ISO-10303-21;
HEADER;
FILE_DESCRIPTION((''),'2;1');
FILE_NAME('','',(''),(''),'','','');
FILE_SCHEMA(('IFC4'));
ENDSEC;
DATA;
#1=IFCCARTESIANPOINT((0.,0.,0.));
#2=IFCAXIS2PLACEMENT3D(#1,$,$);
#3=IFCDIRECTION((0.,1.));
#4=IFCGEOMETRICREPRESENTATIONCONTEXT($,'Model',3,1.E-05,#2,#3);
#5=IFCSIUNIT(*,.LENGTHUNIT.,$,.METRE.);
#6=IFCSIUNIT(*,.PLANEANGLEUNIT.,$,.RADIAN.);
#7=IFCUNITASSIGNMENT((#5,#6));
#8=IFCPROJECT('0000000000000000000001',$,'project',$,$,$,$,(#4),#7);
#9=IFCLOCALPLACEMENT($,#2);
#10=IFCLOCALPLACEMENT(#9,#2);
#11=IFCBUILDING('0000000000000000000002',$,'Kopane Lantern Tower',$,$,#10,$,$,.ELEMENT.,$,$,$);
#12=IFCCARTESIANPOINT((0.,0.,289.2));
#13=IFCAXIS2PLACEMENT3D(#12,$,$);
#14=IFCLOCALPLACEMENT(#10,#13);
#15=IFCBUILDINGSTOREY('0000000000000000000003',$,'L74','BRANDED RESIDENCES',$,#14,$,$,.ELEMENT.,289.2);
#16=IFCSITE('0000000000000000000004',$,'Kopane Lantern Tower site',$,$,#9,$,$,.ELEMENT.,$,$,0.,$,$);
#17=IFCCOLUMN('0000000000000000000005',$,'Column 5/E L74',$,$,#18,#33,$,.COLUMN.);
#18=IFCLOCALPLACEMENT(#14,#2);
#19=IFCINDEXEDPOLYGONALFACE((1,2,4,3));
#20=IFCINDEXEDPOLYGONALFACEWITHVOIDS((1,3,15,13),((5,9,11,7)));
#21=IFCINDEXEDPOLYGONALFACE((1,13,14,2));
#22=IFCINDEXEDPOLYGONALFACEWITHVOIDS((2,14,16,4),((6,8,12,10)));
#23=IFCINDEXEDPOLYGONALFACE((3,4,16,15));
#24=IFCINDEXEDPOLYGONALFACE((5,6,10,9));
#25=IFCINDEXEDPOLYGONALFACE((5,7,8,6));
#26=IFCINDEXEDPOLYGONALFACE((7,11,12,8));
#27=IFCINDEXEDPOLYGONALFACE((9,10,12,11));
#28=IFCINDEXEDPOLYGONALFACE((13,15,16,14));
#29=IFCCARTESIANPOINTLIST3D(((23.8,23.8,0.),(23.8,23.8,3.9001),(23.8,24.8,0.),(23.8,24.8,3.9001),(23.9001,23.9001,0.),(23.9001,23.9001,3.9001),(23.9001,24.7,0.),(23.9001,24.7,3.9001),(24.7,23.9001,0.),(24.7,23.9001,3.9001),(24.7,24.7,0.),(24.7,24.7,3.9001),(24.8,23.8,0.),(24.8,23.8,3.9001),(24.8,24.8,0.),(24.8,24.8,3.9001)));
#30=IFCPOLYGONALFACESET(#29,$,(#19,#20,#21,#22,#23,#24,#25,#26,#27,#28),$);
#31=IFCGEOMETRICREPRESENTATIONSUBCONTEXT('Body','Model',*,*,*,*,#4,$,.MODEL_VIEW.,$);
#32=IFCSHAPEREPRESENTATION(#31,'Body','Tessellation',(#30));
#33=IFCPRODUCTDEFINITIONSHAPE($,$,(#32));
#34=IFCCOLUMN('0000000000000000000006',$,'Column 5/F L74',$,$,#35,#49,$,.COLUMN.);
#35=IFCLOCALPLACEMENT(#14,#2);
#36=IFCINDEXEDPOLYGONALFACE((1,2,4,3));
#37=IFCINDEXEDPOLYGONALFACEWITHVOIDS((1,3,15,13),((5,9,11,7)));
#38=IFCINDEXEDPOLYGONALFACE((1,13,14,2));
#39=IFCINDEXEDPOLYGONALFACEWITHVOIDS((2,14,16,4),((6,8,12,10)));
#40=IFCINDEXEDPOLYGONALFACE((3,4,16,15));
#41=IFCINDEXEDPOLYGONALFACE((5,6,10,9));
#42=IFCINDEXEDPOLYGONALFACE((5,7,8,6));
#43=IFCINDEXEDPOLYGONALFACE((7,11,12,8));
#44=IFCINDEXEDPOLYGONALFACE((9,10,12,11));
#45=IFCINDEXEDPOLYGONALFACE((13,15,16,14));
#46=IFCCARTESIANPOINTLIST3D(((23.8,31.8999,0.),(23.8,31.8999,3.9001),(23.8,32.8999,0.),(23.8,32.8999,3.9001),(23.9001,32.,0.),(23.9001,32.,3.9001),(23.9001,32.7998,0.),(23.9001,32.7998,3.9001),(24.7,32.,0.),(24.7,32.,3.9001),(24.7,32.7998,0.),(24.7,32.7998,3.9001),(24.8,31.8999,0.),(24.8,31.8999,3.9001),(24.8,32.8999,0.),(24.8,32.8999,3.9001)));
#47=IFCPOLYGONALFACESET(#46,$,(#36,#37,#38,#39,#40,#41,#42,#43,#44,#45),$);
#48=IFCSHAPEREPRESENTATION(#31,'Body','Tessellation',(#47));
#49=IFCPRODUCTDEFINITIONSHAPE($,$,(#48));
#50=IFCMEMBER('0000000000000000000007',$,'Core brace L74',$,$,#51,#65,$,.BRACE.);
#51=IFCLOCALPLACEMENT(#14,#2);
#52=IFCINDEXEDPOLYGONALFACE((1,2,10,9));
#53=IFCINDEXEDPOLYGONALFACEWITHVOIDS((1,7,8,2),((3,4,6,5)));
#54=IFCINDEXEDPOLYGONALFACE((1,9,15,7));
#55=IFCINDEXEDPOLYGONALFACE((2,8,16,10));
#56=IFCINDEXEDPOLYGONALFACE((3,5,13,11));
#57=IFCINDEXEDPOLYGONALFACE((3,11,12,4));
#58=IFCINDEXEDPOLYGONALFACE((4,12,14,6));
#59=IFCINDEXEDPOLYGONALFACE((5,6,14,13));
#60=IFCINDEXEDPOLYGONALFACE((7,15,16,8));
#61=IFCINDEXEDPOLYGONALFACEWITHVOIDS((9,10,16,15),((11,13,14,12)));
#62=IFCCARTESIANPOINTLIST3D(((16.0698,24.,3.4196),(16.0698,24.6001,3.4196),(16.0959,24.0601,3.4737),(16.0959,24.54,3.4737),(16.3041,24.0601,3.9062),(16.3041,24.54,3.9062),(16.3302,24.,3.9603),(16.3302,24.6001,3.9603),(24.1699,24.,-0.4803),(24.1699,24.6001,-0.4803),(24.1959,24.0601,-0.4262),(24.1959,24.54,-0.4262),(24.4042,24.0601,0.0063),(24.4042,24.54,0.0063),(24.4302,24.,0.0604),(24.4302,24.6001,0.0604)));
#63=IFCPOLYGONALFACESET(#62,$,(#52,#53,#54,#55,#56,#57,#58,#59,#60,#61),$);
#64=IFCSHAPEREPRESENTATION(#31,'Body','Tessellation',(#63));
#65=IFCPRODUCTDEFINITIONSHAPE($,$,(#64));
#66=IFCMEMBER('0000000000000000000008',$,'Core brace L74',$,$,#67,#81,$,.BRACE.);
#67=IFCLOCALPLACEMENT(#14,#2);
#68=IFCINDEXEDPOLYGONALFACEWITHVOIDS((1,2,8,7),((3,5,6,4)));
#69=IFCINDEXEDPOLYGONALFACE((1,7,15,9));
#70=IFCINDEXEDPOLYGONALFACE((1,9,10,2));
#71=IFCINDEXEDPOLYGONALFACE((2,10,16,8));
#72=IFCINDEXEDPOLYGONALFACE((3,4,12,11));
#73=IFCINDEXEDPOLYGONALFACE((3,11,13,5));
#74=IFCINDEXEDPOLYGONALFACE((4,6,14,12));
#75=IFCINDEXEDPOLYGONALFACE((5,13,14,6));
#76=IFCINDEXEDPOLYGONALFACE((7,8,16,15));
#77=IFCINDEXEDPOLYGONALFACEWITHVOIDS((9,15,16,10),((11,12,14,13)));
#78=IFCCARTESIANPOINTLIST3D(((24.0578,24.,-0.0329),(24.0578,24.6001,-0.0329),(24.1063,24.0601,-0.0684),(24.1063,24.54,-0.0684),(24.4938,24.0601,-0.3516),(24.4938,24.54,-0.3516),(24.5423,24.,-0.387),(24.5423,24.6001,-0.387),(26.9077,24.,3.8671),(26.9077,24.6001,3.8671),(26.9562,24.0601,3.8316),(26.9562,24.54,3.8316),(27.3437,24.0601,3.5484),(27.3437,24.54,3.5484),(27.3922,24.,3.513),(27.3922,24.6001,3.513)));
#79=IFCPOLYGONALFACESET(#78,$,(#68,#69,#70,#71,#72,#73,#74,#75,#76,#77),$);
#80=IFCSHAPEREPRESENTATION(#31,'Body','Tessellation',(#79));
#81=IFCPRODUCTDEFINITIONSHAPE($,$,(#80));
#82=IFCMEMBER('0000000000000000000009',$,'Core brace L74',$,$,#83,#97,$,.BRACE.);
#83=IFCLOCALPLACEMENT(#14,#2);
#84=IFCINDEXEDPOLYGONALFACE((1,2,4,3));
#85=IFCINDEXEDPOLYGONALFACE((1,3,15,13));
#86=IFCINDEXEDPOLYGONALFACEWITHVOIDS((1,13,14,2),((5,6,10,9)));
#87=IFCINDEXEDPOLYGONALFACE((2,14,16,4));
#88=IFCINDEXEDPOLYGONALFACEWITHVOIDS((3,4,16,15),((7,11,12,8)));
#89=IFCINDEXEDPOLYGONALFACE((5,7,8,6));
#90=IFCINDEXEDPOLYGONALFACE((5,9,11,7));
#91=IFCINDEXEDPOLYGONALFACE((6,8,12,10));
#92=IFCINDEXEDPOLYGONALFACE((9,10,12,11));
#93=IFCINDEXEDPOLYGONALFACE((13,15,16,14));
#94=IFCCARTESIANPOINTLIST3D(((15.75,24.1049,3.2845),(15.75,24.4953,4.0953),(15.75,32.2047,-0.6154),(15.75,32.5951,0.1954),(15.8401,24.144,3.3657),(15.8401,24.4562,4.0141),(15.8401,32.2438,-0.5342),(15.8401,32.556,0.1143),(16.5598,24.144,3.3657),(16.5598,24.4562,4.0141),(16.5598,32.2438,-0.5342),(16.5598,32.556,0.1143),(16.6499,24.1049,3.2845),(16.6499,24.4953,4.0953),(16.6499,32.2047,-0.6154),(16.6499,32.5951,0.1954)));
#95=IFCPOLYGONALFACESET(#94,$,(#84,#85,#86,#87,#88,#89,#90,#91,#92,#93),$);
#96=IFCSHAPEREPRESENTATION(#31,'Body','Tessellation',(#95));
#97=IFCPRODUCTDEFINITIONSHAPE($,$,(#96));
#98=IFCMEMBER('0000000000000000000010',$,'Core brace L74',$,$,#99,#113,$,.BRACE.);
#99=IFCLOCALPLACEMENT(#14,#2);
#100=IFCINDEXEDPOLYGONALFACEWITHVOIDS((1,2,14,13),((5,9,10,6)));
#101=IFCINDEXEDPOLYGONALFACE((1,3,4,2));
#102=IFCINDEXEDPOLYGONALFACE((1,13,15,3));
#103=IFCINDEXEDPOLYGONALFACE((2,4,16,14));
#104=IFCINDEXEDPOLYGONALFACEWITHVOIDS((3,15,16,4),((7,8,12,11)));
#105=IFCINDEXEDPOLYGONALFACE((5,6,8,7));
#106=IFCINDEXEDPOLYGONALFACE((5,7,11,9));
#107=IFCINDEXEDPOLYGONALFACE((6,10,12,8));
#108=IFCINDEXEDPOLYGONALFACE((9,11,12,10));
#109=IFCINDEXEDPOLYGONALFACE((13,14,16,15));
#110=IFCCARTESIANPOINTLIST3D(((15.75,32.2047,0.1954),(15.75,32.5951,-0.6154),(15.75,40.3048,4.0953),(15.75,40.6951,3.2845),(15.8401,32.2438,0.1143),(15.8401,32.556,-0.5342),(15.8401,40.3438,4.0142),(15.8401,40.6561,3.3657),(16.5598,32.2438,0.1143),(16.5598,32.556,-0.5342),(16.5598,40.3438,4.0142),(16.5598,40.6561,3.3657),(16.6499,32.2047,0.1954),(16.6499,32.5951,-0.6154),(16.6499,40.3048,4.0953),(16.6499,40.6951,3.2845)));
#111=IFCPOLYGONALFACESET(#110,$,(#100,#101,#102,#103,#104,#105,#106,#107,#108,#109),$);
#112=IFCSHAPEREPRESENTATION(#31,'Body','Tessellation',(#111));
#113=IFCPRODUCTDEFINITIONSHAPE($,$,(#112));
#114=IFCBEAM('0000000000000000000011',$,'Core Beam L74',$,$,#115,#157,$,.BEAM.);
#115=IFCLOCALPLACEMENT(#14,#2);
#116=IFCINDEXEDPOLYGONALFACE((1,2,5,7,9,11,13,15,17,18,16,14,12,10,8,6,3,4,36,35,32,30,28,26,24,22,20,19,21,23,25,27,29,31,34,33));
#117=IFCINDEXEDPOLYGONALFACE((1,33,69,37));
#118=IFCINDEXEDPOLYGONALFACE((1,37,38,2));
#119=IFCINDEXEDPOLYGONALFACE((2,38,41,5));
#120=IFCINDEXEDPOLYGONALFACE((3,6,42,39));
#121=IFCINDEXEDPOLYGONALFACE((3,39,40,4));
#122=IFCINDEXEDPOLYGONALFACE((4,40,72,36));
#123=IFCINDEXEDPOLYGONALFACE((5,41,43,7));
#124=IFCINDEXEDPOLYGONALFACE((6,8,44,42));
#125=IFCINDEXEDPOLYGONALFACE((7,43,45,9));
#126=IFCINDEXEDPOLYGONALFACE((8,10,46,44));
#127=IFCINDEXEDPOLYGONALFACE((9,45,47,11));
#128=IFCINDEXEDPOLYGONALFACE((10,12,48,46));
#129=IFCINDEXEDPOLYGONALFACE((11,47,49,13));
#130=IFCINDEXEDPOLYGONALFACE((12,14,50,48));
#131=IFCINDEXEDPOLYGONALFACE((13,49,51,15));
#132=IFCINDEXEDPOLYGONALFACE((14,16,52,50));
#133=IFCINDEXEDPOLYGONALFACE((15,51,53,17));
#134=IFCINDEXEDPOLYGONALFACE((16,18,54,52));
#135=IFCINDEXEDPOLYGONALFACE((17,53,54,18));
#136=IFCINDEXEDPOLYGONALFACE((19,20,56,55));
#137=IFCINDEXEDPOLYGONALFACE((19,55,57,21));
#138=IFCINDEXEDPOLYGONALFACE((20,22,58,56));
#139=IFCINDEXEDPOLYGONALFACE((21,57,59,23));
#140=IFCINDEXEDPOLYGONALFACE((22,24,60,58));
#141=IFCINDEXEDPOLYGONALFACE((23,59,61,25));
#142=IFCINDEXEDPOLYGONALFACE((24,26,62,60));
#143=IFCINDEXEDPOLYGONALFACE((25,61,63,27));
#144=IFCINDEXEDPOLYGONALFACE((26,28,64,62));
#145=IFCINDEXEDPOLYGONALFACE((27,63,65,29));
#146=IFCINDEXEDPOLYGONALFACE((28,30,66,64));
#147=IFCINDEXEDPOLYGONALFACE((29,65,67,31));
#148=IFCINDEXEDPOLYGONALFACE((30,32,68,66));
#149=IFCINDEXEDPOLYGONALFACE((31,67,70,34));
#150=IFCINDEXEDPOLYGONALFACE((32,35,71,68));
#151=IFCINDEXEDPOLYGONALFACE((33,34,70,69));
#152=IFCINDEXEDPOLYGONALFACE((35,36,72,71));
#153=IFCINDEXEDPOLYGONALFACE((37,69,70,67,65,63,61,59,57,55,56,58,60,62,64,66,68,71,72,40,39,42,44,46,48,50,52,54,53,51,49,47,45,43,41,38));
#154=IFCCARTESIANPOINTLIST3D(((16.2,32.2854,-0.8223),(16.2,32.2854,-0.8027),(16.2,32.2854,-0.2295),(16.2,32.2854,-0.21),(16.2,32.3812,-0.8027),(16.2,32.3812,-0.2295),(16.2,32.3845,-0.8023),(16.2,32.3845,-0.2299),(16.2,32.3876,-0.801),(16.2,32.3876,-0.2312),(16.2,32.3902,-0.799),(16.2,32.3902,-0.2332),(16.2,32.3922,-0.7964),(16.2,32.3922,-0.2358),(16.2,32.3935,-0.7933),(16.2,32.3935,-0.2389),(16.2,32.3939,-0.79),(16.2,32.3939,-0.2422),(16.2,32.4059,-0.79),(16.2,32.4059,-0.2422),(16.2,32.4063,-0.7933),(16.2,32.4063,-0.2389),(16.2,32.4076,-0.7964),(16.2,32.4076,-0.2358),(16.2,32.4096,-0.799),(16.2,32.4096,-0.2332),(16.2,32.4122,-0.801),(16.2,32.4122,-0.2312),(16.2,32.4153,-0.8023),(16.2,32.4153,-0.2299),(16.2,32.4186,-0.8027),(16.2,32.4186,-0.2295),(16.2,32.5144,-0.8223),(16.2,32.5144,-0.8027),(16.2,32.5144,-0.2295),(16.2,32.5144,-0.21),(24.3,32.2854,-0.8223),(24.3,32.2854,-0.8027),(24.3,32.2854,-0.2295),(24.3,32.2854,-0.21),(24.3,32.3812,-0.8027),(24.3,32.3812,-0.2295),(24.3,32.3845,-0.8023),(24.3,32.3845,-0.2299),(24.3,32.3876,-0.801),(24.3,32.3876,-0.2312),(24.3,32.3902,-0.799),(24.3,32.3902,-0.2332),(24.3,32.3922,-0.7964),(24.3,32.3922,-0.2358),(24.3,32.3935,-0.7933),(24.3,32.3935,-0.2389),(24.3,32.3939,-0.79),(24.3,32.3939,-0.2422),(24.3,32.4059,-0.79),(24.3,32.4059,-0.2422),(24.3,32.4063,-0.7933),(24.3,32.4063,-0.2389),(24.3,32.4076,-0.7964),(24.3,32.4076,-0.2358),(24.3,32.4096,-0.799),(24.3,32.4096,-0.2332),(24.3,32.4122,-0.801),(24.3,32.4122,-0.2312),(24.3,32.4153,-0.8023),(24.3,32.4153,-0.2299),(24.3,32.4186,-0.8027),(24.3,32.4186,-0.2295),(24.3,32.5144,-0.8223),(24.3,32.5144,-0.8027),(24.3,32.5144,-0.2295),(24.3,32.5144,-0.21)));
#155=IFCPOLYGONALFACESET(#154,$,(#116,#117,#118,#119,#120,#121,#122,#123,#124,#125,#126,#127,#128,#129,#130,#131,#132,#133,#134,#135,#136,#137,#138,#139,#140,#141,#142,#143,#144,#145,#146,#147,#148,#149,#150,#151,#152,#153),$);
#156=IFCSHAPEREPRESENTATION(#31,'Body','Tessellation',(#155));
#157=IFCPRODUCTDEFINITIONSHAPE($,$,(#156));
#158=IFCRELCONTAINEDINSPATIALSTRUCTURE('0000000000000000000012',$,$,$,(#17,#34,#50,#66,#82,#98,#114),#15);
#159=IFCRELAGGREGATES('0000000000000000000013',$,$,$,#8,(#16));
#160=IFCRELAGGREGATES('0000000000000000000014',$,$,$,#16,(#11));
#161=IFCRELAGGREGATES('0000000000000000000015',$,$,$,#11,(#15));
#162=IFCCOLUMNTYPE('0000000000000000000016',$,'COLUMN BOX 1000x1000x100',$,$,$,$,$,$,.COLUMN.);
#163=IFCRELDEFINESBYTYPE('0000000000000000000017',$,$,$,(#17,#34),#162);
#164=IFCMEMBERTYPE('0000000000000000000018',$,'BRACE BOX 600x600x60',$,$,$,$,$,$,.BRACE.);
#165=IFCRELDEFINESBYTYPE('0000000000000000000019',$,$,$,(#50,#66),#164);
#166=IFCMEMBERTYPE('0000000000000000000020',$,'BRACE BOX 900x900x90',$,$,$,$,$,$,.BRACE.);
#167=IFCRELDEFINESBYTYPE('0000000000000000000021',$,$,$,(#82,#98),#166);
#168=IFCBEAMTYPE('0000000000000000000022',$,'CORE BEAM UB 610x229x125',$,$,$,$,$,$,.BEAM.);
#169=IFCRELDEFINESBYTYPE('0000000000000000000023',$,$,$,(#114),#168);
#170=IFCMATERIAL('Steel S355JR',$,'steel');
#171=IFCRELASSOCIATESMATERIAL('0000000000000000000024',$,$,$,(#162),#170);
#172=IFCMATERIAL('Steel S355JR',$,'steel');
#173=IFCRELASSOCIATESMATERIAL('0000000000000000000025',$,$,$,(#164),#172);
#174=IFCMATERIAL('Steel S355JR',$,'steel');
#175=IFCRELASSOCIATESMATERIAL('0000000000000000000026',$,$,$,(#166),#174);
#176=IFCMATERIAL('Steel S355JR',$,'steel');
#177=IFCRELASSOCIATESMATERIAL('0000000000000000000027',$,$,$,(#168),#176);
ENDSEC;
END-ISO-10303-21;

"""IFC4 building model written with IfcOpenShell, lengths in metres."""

from ifc_helpers import new_model, si_unit, direction, frame, origin, origin_2d, place, context, subcontext, project, spatial, hollow_rectangle, i_section, extrude, material, material_profile, profile_set, type_object, element, save


model = new_model("IFC4")

# Units and contexts
model_context = context("Model", 3, precision=1e-05, world=origin(), true_north=direction((0.0, 1.0)))
body_context = subcontext(model_context, "Body", "Model", "MODEL_VIEW")
ifc_project = project(units=[si_unit("LENGTHUNIT", "METRE"), si_unit("PLANEANGLEUNIT", "RADIAN")], contexts=[model_context])

# Site, building, storey
site_placement = place(None, origin())
site = spatial("IfcSite", under=ifc_project, at=site_placement, Name="Kopane Lantern Tower site", CompositionType="ELEMENT", RefElevation=0.0)
building_placement = place(site_placement, origin())
building = spatial("IfcBuilding", under=site, at=building_placement, Name="Kopane Lantern Tower", CompositionType="ELEMENT")
storey_placement = place(building_placement, frame((0.0, 0.0, 289.2)))
storey = spatial("IfcBuildingStorey", under=building, at=storey_placement, Name="L74", Description="BRANDED RESIDENCES", CompositionType="ELEMENT", Elevation=289.2)

# Columns
ifc_material_1 = material(Name="Steel S355JR", Category="steel")
ifc_material_profile_1 = material_profile(ifc_material_1, hollow_rectangle(XDim=1.0, YDim=1.0, WallThickness=0.1001, at=origin_2d()), Name="BOX 1000x1000x100")
ifc_profile_set_1 = profile_set([ifc_material_profile_1], Name="Steel S355JR")
column_type = type_object("IfcColumnType", Name="COLUMN BOX 1000x1000x100", PredefinedType="COLUMN", material=ifc_profile_set_1)
for number, where, z_axis, x_axis, name in (
    (1, (24.3, 24.3, 0.0), (0.0, 0.0, 1.0), (1.0, 0.0, 0.0), "Column 5/E L74"),
    (2, (24.3, 32.3999, 0.0), (0.0, 0.0, 1.0), (1.0, 0.0, 0.0), "Column 5/F L74"),
):
    element("IfcColumn", number, at=place(storey_placement, frame(where, z_axis=z_axis, x_axis=x_axis)), inside=storey, type_object=column_type, Name=name, PredefinedType="COLUMN", context=body_context, shape_type="SweptSolid", body=[
        extrude(hollow_rectangle(XDim=1.0, YDim=1.0, WallThickness=0.1001, at=origin_2d()), origin(), (0.0, 0.0, 1.0), 3.9001),
    ])

# Members
ifc_material_2 = material(Name="Steel S355JR", Category="steel")
ifc_material_profile_2 = material_profile(ifc_material_2, hollow_rectangle(XDim=0.6001, YDim=0.6001, WallThickness=0.0601, at=origin_2d()), Name="BOX 600x600x60")
ifc_profile_set_2 = profile_set([ifc_material_profile_2], Name="Steel S355JR")
member_type_1 = type_object("IfcMemberType", Name="BRACE BOX 600x600x60", PredefinedType="BRACE", material=ifc_profile_set_2)
member_1_placement = place(storey_placement, frame((24.3, 24.3, -0.21), z_axis=(-0.901008, 0.0, 0.433803), x_axis=(0.0, -1.0, 0.0)))
element("IfcMember", 3, at=member_1_placement, inside=storey, type_object=member_type_1, Name="Core brace L74", PredefinedType="BRACE", context=body_context, shape_type="SweptSolid", body=[
    extrude(hollow_rectangle(XDim=0.6001, YDim=0.6001, WallThickness=0.0601, at=origin_2d()), origin(), (0.0, 0.0, 1.0), 8.99),
])
member_2_placement = place(storey_placement, frame((24.3, 24.3, -0.21), z_axis=(0.590006, 0.0, 0.807399), x_axis=(0.0, 1.0, 0.0)))
element("IfcMember", 4, at=member_2_placement, inside=storey, type_object=member_type_1, Name="Core brace L74", PredefinedType="BRACE", context=body_context, shape_type="SweptSolid", body=[
    extrude(hollow_rectangle(XDim=0.6001, YDim=0.6001, WallThickness=0.0601, at=origin_2d()), origin(), (0.0, 0.0, 1.0), 4.8303),
])
ifc_material_3 = material(Name="Steel S355JR", Category="steel")
ifc_material_profile_3 = material_profile(ifc_material_3, hollow_rectangle(XDim=0.8999, YDim=0.8999, WallThickness=0.0901, at=origin_2d()), Name="BOX 900x900x90")
ifc_profile_set_3 = profile_set([ifc_material_profile_3], Name="Steel S355JR")
member_type_2 = type_object("IfcMemberType", Name="BRACE BOX 900x900x90", PredefinedType="BRACE", material=ifc_profile_set_3)
member_3_placement = place(storey_placement, frame((16.2, 32.3999, -0.21), z_axis=(0.0, -0.901003, 0.433813), x_axis=(1.0, 0.0, 0.0)))
element("IfcMember", 5, at=member_3_placement, inside=storey, type_object=member_type_2, Name="Core brace L74", PredefinedType="BRACE", context=body_context, shape_type="SweptSolid", body=[
    extrude(hollow_rectangle(XDim=0.8999, YDim=0.8999, WallThickness=0.0901, at=origin_2d()), origin(), (0.0, 0.0, 1.0), 8.9897),
])
member_4_placement = place(storey_placement, frame((16.2, 32.3999, -0.21), z_axis=(0.0, 0.901008, 0.433803), x_axis=(-1.0, 0.0, 0.0)))
element("IfcMember", 6, at=member_4_placement, inside=storey, type_object=member_type_2, Name="Core brace L74", PredefinedType="BRACE", context=body_context, shape_type="SweptSolid", body=[
    extrude(hollow_rectangle(XDim=0.8999, YDim=0.8999, WallThickness=0.0901, at=origin_2d()), origin(), (0.0, 0.0, 1.0), 8.99),
])

# Beam
ifc_material_4 = material(Name="Steel S355JR", Category="steel")
ifc_material_profile_4 = material_profile(ifc_material_4, i_section(OverallWidth=0.229, OverallDepth=0.6123, WebThickness=0.012, FlangeThickness=0.0195, FilletRadius=0.0127, at=origin_2d()), Name="UB 610x229x125")
ifc_profile_set_4 = profile_set([ifc_material_profile_4], Name="Steel S355JR")
beam_type_1 = type_object("IfcBeamType", Name="CORE BEAM UB 610x229x125", PredefinedType="BEAM", material=ifc_profile_set_4)
beam_1_placement = place(storey_placement, frame((16.2, 32.3999, -0.5161), z_axis=(1.0, 0.0, 0.0), x_axis=(0.0, 1.0, 0.0)))
element("IfcBeam", 7, at=beam_1_placement, inside=storey, type_object=beam_type_1, Name="Core Beam L74", PredefinedType="BEAM", context=body_context, shape_type="SweptSolid", body=[
    extrude(i_section(OverallWidth=0.229, OverallDepth=0.6123, WebThickness=0.012, FlangeThickness=0.0195, FilletRadius=0.0127, at=origin_2d()), origin(), (0.0, 0.0, 1.0), 8.1001),
])

save(model, "model.ifc")
